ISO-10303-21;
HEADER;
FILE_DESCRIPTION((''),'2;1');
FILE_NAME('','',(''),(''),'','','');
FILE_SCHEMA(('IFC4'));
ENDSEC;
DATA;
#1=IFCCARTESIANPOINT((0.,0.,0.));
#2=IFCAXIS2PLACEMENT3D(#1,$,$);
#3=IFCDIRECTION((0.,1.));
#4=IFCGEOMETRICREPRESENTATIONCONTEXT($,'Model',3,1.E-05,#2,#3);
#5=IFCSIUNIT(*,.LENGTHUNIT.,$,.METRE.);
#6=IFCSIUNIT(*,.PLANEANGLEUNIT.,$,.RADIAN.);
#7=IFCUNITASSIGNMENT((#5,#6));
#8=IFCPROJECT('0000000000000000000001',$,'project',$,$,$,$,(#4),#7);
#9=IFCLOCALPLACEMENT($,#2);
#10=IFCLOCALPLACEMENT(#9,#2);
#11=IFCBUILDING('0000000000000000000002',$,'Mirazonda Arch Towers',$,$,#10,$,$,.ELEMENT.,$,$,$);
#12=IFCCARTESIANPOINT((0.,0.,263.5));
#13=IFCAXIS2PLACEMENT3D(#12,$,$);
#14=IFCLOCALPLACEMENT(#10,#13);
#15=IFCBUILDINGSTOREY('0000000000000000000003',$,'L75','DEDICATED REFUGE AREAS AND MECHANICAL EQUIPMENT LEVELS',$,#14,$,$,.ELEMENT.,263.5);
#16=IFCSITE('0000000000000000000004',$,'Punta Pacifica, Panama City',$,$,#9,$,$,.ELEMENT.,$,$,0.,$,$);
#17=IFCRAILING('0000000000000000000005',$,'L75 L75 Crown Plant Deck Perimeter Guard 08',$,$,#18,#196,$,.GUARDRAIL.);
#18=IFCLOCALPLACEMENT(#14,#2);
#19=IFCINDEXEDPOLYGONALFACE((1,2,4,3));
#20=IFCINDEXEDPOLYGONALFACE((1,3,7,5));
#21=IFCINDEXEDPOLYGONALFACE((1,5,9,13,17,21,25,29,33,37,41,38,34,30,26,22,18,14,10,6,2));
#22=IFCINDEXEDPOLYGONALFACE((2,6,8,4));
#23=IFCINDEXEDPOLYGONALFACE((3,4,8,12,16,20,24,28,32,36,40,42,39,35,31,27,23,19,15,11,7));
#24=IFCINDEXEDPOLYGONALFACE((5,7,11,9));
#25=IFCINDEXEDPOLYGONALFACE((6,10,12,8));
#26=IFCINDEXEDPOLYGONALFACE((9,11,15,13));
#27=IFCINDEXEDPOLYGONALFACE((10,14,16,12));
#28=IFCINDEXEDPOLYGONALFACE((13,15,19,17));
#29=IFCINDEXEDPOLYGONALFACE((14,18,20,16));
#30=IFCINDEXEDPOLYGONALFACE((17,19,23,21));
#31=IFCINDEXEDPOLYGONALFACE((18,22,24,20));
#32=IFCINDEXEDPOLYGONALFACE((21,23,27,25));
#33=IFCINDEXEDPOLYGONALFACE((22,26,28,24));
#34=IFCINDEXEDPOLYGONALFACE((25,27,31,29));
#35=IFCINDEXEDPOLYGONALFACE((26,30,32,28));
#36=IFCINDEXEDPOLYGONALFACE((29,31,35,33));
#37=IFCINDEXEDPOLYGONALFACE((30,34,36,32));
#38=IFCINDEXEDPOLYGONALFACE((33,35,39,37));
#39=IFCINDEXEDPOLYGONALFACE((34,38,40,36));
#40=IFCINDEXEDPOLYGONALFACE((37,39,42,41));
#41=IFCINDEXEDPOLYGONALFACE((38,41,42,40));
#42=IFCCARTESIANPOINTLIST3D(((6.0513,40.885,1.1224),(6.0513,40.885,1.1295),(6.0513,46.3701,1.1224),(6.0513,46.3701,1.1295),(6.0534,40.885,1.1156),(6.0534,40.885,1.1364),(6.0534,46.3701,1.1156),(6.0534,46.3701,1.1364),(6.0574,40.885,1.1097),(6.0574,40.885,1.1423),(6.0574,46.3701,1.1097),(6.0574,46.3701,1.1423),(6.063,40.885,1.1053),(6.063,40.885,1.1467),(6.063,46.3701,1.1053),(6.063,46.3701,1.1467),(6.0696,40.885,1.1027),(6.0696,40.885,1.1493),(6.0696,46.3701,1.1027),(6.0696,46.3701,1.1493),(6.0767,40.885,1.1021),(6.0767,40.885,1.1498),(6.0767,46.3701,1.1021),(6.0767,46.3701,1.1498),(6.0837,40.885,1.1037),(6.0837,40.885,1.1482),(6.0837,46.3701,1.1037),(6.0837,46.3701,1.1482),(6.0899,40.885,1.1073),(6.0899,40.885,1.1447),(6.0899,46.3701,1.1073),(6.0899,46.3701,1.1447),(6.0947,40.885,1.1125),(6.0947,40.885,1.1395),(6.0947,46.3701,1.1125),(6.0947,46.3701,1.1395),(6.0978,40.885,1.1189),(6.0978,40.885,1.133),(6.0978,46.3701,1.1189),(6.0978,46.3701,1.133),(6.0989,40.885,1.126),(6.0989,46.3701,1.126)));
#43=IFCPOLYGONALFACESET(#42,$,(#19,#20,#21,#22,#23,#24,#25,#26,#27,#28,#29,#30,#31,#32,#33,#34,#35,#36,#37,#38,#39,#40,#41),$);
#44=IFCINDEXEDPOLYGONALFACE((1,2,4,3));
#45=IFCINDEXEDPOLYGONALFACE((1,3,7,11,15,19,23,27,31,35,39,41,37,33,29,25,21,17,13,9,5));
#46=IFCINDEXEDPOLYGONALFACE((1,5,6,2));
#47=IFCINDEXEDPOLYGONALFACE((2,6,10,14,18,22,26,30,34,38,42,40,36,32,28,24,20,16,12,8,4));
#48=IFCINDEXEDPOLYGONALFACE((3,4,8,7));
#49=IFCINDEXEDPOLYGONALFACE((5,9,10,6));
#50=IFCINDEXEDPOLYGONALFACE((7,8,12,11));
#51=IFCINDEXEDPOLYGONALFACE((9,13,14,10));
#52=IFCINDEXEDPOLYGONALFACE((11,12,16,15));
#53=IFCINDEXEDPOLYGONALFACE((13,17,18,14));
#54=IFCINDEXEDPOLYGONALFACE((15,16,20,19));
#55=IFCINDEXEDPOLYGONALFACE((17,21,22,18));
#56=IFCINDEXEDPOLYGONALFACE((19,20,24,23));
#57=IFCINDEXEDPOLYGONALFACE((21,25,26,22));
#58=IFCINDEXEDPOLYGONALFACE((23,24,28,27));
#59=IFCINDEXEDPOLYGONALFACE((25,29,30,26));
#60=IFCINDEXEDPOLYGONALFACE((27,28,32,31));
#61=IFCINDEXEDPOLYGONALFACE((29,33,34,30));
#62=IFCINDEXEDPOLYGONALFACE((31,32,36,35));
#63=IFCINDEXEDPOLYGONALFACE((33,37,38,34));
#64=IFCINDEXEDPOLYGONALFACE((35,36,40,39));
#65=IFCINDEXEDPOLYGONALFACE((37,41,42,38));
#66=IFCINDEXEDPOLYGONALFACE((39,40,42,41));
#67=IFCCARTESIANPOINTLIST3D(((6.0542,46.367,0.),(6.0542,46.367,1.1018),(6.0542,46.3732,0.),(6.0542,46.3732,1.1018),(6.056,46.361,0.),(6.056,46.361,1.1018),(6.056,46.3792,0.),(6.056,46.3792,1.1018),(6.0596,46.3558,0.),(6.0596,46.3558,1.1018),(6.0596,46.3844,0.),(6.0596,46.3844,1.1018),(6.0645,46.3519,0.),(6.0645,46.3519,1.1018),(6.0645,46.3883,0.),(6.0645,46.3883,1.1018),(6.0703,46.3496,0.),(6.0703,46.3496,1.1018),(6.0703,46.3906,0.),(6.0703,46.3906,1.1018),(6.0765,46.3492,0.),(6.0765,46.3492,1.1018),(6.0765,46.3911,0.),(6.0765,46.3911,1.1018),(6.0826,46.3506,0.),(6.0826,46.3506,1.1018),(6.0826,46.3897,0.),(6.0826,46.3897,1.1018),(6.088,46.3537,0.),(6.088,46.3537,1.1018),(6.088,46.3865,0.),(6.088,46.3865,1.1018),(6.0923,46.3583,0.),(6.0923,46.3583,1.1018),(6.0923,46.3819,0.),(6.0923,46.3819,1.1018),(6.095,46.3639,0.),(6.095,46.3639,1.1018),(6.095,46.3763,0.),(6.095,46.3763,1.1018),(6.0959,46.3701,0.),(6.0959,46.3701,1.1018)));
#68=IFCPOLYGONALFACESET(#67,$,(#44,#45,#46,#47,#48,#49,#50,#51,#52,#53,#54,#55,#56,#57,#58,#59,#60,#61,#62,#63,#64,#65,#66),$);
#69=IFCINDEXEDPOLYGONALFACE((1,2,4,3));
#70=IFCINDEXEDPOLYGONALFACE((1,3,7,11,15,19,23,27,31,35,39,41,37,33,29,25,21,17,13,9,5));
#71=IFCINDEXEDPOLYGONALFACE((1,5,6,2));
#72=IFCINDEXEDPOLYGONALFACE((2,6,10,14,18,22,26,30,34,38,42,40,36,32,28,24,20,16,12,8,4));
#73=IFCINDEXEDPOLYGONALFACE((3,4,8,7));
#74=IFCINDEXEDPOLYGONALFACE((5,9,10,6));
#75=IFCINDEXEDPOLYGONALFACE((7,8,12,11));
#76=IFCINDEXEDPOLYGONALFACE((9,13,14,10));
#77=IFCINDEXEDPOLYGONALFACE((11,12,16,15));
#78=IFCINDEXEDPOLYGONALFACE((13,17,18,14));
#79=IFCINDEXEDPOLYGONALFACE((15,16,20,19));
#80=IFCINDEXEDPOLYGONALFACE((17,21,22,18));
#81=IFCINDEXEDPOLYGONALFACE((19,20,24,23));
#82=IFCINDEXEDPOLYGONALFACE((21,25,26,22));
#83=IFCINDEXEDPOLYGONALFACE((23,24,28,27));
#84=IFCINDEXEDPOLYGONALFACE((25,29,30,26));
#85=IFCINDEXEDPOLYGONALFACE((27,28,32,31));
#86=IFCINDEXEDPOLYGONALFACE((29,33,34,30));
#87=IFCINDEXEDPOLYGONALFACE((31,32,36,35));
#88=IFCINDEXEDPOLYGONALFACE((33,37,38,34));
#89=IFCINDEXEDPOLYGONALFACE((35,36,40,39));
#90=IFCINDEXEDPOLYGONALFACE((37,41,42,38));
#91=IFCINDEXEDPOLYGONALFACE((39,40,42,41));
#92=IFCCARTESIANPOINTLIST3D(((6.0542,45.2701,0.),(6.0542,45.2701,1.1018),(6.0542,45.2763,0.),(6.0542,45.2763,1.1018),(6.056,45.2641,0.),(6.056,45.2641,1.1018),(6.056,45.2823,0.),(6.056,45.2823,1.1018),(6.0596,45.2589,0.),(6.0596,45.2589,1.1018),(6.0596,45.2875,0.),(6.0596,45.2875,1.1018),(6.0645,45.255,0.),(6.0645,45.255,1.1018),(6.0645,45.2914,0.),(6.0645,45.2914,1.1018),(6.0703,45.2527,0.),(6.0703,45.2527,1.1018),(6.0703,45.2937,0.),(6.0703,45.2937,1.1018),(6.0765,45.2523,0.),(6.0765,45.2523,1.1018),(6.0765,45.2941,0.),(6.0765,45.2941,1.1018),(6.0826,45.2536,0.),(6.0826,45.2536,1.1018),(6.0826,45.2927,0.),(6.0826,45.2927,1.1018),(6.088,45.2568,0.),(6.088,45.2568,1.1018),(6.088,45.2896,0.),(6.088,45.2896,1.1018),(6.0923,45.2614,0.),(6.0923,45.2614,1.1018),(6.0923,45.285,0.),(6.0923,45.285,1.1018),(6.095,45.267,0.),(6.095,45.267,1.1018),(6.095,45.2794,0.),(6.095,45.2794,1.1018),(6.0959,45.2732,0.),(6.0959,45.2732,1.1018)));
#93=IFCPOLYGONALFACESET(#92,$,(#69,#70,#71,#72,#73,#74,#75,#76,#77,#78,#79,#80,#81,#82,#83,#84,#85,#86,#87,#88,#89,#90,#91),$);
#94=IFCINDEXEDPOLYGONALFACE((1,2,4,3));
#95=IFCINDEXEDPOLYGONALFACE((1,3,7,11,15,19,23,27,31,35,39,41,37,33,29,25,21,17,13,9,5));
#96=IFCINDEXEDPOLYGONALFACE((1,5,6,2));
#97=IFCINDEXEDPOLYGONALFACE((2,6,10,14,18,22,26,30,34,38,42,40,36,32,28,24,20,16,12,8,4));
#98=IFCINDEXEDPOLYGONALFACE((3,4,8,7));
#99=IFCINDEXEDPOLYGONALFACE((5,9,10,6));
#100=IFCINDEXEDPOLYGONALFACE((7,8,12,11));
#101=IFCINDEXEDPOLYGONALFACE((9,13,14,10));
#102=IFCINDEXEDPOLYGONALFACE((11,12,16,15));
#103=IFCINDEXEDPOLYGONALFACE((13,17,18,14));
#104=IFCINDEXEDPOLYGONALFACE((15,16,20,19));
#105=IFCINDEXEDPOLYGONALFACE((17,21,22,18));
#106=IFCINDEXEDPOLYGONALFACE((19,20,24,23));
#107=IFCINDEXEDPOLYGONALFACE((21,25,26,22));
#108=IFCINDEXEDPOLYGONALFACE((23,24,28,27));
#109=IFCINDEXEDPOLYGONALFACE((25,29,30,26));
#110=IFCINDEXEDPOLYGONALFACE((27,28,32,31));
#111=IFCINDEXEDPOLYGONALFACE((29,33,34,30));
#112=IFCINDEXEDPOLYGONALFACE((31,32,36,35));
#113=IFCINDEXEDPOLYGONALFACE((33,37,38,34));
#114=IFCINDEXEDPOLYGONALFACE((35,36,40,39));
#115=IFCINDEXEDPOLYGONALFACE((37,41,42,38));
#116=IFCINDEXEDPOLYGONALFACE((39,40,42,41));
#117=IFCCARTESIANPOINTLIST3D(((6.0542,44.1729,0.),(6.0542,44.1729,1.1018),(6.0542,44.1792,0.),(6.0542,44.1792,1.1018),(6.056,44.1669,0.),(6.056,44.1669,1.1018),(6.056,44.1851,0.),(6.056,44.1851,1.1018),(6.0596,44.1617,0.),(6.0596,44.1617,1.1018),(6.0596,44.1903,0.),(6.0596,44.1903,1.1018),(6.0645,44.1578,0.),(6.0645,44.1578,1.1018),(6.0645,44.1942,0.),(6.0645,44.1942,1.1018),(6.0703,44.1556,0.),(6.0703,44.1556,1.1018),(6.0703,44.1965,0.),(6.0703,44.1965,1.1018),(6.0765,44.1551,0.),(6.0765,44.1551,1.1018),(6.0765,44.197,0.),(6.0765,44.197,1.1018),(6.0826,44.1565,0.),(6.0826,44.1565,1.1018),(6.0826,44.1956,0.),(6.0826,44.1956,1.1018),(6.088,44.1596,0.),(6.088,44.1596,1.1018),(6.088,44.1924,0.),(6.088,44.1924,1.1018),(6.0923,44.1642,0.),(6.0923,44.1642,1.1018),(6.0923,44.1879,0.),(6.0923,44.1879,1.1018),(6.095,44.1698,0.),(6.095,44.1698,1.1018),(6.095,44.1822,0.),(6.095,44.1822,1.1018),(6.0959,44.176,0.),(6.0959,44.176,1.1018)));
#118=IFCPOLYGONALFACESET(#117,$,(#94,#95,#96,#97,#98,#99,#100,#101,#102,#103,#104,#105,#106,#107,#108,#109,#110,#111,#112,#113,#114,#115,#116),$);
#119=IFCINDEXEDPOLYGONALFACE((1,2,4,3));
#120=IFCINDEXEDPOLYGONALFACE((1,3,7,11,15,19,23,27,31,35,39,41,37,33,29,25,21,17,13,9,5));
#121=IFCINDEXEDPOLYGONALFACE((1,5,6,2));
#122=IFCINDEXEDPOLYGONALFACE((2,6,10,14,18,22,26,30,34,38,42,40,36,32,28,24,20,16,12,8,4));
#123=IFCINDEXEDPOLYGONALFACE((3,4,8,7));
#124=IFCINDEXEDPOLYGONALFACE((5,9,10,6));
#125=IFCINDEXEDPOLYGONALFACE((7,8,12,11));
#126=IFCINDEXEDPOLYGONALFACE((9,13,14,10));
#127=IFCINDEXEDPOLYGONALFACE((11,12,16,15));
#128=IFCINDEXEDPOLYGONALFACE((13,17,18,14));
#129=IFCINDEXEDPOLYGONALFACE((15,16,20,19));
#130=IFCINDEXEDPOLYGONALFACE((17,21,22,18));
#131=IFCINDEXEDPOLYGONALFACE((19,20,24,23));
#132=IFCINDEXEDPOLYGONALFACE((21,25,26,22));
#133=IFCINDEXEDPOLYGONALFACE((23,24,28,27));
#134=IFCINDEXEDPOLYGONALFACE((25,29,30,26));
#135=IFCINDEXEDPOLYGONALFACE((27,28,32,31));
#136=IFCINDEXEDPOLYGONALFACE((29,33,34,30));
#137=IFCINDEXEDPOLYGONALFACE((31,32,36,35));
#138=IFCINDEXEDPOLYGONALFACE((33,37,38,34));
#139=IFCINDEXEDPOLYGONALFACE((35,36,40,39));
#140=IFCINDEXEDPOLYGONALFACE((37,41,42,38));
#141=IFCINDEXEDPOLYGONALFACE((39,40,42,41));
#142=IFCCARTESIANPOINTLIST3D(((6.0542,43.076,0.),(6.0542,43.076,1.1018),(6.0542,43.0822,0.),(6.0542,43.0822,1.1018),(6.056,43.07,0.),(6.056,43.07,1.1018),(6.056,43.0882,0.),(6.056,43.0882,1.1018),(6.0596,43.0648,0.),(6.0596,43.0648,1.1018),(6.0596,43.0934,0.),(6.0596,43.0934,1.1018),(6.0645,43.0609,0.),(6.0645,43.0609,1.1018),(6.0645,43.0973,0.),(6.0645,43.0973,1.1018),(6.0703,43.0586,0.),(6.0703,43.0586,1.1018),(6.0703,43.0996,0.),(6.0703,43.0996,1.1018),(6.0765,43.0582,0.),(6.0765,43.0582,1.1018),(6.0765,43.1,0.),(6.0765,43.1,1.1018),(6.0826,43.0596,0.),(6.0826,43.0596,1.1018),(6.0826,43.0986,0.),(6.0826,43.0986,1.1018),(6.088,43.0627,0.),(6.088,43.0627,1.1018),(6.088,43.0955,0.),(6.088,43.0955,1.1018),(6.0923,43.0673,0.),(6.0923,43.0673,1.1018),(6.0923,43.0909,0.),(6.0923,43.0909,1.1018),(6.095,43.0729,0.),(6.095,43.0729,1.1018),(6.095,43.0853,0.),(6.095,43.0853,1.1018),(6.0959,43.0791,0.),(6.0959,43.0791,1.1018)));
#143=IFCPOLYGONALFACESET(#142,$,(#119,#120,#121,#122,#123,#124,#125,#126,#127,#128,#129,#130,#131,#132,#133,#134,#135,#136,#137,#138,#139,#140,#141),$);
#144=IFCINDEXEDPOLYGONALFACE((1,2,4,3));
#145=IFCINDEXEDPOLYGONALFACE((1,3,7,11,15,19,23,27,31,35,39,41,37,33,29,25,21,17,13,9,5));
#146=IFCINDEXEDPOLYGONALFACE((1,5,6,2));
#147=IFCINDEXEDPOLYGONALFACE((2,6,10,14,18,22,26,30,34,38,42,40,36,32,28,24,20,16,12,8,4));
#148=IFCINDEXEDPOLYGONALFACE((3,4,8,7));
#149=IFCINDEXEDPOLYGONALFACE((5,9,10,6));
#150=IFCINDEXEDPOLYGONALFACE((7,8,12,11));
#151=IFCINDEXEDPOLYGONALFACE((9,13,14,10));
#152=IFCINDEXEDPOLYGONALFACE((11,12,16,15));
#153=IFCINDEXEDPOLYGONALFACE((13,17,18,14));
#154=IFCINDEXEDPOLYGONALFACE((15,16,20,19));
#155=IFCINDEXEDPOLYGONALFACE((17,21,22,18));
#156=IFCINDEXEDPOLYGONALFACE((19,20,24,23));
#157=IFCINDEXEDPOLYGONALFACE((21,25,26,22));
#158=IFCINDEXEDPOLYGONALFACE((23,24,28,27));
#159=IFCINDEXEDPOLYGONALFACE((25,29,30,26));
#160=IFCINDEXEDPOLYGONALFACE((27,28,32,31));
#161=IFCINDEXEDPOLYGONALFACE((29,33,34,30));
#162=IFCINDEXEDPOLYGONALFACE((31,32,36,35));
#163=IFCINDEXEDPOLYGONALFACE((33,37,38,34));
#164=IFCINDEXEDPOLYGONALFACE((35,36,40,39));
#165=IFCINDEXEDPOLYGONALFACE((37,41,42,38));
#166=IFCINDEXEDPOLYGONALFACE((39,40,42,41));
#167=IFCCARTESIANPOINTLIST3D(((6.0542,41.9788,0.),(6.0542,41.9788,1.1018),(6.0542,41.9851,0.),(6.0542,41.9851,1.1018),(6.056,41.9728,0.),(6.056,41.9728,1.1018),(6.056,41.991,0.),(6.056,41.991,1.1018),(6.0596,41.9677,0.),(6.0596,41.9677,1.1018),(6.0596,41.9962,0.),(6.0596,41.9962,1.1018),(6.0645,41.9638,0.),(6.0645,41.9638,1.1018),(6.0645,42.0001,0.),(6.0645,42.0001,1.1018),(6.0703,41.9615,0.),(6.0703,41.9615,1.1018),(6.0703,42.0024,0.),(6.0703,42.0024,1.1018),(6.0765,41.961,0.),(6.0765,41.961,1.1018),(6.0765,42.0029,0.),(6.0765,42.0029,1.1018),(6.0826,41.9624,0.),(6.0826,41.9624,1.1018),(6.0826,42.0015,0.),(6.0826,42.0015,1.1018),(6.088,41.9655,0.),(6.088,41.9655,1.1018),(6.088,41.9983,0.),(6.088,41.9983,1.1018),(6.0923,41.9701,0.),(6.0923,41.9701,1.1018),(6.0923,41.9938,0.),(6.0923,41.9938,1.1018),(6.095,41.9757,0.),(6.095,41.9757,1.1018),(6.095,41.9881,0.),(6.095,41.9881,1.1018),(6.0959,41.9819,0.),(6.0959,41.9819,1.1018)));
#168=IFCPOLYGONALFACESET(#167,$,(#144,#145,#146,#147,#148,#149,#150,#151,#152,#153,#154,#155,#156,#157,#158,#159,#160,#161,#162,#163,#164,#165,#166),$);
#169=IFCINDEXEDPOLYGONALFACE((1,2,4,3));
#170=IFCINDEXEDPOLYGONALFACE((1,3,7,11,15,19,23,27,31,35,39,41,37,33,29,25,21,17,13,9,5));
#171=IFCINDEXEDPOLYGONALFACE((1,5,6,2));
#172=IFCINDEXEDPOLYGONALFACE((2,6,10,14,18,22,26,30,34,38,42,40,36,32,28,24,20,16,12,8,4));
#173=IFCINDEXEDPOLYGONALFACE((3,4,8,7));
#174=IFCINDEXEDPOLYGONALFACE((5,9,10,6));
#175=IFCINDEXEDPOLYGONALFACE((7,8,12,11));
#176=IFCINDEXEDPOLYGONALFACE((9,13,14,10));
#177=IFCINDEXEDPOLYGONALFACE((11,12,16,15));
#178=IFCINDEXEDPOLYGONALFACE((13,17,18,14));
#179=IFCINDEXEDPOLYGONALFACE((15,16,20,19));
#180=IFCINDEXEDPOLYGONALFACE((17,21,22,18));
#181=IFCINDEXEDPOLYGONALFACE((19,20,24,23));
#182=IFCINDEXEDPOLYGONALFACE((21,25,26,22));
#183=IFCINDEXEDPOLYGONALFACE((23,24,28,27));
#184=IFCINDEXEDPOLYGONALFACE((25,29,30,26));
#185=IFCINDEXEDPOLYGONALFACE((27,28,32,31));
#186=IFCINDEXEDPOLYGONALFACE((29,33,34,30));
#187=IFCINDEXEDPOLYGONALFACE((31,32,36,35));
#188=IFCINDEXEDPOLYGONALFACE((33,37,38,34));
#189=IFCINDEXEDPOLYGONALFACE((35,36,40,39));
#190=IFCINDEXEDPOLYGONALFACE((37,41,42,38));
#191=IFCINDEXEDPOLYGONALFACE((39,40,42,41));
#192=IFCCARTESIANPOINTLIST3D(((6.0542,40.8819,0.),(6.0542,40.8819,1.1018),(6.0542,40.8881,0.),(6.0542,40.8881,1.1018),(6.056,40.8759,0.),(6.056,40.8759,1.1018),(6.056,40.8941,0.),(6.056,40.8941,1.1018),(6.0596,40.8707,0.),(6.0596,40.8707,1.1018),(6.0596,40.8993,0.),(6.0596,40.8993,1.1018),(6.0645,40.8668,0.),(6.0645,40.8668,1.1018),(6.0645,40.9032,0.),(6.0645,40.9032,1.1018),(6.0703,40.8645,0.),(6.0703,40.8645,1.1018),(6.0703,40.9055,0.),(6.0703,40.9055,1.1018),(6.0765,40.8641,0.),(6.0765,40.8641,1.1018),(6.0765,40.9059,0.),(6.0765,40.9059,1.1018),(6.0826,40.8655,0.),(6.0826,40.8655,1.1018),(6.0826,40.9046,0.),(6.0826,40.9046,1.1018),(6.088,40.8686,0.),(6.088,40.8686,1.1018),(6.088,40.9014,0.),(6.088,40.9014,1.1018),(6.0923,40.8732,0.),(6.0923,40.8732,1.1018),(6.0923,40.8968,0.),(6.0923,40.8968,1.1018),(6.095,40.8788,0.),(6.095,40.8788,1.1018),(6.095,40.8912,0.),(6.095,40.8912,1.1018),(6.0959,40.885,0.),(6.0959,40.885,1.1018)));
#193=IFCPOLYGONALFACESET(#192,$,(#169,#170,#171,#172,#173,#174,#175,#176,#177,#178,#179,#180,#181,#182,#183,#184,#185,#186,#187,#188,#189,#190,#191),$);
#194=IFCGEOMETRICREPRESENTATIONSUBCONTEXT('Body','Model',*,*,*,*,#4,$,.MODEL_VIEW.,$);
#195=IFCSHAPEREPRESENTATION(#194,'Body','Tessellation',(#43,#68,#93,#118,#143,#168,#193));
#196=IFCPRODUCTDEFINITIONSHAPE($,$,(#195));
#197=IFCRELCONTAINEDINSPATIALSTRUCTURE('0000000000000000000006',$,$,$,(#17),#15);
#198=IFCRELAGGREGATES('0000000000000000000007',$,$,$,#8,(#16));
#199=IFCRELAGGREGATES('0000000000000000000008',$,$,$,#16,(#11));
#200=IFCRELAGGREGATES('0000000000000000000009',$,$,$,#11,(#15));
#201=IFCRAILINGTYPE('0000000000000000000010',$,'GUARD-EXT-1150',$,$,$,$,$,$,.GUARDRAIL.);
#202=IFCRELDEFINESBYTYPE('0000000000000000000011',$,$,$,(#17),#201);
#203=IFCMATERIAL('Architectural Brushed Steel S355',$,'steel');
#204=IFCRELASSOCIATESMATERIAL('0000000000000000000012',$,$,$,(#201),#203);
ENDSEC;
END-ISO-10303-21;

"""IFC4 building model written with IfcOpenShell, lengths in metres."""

from ifc_helpers import new_model, si_unit, direction, frame, origin, origin_2d, place, context, subcontext, project, spatial, circle, extrude, material, type_object, element, save


model = new_model("IFC4")

# Units and contexts
model_context = context("Model", 3, precision=1e-05, world=origin(), true_north=direction((0.0, 1.0)))
body_context = subcontext(model_context, "Body", "Model", "MODEL_VIEW")
ifc_project = project(units=[si_unit("LENGTHUNIT", "METRE"), si_unit("PLANEANGLEUNIT", "RADIAN")], contexts=[model_context])

# Site, building, storey
site_placement = place(None, origin())
site = spatial("IfcSite", under=ifc_project, at=site_placement, Name="Punta Pacifica, Panama City", CompositionType="ELEMENT", RefElevation=0.0)
building_placement = place(site_placement, origin())
building = spatial("IfcBuilding", under=site, at=building_placement, Name="Mirazonda Arch Towers", CompositionType="ELEMENT")
storey_placement = place(building_placement, frame((0.0, 0.0, 263.5)))
storey = spatial("IfcBuildingStorey", under=building, at=storey_placement, Name="L75", Description="DEDICATED REFUGE AREAS AND MECHANICAL EQUIPMENT LEVELS", CompositionType="ELEMENT", Elevation=263.5)

# Railing
ifc_material_1 = material(Name="Architectural Brushed Steel S355", Category="steel")
railing_type = type_object("IfcRailingType", Name="GUARD-EXT-1150", PredefinedType="GUARDRAIL", material=ifc_material_1)
railing_1_placement = place(storey_placement, frame((6.075, 46.3701, 0.0)))
element("IfcRailing", 1, at=railing_1_placement, inside=storey, type_object=railing_type, Name="L75 L75 Crown Plant Deck Perimeter Guard 08", PredefinedType="GUARDRAIL", context=body_context, shape_type="SweptSolid", body=[
    extrude(circle(Radius=0.0239, at=origin_2d()), frame((0.0, 0.0, 1.126), z_axis=(0.0, -1.0, 0.0), x_axis=(1.0, 0.0, 0.0)), (0.0, 0.0, 1.0), 5.4851),
    extrude(circle(Radius=0.021, at=origin_2d()), origin(), (0.0, 0.0, 1.0), 1.1018),
    extrude(circle(Radius=0.021, at=origin_2d()), frame((0.0, -1.0969, 0.0)), (0.0, 0.0, 1.0), 1.1018),
    extrude(circle(Radius=0.021, at=origin_2d()), frame((0.0, -2.1941, 0.0)), (0.0, 0.0, 1.0), 1.1018),
    extrude(circle(Radius=0.021, at=origin_2d()), frame((0.0, -3.291, 0.0)), (0.0, 0.0, 1.0), 1.1018),
    extrude(circle(Radius=0.021, at=origin_2d()), frame((0.0, -4.3882, 0.0)), (0.0, 0.0, 1.0), 1.1018),
    extrude(circle(Radius=0.021, at=origin_2d()), frame((0.0, -5.4851, 0.0)), (0.0, 0.0, 1.0), 1.1018),
])

save(model, "model.ifc")
